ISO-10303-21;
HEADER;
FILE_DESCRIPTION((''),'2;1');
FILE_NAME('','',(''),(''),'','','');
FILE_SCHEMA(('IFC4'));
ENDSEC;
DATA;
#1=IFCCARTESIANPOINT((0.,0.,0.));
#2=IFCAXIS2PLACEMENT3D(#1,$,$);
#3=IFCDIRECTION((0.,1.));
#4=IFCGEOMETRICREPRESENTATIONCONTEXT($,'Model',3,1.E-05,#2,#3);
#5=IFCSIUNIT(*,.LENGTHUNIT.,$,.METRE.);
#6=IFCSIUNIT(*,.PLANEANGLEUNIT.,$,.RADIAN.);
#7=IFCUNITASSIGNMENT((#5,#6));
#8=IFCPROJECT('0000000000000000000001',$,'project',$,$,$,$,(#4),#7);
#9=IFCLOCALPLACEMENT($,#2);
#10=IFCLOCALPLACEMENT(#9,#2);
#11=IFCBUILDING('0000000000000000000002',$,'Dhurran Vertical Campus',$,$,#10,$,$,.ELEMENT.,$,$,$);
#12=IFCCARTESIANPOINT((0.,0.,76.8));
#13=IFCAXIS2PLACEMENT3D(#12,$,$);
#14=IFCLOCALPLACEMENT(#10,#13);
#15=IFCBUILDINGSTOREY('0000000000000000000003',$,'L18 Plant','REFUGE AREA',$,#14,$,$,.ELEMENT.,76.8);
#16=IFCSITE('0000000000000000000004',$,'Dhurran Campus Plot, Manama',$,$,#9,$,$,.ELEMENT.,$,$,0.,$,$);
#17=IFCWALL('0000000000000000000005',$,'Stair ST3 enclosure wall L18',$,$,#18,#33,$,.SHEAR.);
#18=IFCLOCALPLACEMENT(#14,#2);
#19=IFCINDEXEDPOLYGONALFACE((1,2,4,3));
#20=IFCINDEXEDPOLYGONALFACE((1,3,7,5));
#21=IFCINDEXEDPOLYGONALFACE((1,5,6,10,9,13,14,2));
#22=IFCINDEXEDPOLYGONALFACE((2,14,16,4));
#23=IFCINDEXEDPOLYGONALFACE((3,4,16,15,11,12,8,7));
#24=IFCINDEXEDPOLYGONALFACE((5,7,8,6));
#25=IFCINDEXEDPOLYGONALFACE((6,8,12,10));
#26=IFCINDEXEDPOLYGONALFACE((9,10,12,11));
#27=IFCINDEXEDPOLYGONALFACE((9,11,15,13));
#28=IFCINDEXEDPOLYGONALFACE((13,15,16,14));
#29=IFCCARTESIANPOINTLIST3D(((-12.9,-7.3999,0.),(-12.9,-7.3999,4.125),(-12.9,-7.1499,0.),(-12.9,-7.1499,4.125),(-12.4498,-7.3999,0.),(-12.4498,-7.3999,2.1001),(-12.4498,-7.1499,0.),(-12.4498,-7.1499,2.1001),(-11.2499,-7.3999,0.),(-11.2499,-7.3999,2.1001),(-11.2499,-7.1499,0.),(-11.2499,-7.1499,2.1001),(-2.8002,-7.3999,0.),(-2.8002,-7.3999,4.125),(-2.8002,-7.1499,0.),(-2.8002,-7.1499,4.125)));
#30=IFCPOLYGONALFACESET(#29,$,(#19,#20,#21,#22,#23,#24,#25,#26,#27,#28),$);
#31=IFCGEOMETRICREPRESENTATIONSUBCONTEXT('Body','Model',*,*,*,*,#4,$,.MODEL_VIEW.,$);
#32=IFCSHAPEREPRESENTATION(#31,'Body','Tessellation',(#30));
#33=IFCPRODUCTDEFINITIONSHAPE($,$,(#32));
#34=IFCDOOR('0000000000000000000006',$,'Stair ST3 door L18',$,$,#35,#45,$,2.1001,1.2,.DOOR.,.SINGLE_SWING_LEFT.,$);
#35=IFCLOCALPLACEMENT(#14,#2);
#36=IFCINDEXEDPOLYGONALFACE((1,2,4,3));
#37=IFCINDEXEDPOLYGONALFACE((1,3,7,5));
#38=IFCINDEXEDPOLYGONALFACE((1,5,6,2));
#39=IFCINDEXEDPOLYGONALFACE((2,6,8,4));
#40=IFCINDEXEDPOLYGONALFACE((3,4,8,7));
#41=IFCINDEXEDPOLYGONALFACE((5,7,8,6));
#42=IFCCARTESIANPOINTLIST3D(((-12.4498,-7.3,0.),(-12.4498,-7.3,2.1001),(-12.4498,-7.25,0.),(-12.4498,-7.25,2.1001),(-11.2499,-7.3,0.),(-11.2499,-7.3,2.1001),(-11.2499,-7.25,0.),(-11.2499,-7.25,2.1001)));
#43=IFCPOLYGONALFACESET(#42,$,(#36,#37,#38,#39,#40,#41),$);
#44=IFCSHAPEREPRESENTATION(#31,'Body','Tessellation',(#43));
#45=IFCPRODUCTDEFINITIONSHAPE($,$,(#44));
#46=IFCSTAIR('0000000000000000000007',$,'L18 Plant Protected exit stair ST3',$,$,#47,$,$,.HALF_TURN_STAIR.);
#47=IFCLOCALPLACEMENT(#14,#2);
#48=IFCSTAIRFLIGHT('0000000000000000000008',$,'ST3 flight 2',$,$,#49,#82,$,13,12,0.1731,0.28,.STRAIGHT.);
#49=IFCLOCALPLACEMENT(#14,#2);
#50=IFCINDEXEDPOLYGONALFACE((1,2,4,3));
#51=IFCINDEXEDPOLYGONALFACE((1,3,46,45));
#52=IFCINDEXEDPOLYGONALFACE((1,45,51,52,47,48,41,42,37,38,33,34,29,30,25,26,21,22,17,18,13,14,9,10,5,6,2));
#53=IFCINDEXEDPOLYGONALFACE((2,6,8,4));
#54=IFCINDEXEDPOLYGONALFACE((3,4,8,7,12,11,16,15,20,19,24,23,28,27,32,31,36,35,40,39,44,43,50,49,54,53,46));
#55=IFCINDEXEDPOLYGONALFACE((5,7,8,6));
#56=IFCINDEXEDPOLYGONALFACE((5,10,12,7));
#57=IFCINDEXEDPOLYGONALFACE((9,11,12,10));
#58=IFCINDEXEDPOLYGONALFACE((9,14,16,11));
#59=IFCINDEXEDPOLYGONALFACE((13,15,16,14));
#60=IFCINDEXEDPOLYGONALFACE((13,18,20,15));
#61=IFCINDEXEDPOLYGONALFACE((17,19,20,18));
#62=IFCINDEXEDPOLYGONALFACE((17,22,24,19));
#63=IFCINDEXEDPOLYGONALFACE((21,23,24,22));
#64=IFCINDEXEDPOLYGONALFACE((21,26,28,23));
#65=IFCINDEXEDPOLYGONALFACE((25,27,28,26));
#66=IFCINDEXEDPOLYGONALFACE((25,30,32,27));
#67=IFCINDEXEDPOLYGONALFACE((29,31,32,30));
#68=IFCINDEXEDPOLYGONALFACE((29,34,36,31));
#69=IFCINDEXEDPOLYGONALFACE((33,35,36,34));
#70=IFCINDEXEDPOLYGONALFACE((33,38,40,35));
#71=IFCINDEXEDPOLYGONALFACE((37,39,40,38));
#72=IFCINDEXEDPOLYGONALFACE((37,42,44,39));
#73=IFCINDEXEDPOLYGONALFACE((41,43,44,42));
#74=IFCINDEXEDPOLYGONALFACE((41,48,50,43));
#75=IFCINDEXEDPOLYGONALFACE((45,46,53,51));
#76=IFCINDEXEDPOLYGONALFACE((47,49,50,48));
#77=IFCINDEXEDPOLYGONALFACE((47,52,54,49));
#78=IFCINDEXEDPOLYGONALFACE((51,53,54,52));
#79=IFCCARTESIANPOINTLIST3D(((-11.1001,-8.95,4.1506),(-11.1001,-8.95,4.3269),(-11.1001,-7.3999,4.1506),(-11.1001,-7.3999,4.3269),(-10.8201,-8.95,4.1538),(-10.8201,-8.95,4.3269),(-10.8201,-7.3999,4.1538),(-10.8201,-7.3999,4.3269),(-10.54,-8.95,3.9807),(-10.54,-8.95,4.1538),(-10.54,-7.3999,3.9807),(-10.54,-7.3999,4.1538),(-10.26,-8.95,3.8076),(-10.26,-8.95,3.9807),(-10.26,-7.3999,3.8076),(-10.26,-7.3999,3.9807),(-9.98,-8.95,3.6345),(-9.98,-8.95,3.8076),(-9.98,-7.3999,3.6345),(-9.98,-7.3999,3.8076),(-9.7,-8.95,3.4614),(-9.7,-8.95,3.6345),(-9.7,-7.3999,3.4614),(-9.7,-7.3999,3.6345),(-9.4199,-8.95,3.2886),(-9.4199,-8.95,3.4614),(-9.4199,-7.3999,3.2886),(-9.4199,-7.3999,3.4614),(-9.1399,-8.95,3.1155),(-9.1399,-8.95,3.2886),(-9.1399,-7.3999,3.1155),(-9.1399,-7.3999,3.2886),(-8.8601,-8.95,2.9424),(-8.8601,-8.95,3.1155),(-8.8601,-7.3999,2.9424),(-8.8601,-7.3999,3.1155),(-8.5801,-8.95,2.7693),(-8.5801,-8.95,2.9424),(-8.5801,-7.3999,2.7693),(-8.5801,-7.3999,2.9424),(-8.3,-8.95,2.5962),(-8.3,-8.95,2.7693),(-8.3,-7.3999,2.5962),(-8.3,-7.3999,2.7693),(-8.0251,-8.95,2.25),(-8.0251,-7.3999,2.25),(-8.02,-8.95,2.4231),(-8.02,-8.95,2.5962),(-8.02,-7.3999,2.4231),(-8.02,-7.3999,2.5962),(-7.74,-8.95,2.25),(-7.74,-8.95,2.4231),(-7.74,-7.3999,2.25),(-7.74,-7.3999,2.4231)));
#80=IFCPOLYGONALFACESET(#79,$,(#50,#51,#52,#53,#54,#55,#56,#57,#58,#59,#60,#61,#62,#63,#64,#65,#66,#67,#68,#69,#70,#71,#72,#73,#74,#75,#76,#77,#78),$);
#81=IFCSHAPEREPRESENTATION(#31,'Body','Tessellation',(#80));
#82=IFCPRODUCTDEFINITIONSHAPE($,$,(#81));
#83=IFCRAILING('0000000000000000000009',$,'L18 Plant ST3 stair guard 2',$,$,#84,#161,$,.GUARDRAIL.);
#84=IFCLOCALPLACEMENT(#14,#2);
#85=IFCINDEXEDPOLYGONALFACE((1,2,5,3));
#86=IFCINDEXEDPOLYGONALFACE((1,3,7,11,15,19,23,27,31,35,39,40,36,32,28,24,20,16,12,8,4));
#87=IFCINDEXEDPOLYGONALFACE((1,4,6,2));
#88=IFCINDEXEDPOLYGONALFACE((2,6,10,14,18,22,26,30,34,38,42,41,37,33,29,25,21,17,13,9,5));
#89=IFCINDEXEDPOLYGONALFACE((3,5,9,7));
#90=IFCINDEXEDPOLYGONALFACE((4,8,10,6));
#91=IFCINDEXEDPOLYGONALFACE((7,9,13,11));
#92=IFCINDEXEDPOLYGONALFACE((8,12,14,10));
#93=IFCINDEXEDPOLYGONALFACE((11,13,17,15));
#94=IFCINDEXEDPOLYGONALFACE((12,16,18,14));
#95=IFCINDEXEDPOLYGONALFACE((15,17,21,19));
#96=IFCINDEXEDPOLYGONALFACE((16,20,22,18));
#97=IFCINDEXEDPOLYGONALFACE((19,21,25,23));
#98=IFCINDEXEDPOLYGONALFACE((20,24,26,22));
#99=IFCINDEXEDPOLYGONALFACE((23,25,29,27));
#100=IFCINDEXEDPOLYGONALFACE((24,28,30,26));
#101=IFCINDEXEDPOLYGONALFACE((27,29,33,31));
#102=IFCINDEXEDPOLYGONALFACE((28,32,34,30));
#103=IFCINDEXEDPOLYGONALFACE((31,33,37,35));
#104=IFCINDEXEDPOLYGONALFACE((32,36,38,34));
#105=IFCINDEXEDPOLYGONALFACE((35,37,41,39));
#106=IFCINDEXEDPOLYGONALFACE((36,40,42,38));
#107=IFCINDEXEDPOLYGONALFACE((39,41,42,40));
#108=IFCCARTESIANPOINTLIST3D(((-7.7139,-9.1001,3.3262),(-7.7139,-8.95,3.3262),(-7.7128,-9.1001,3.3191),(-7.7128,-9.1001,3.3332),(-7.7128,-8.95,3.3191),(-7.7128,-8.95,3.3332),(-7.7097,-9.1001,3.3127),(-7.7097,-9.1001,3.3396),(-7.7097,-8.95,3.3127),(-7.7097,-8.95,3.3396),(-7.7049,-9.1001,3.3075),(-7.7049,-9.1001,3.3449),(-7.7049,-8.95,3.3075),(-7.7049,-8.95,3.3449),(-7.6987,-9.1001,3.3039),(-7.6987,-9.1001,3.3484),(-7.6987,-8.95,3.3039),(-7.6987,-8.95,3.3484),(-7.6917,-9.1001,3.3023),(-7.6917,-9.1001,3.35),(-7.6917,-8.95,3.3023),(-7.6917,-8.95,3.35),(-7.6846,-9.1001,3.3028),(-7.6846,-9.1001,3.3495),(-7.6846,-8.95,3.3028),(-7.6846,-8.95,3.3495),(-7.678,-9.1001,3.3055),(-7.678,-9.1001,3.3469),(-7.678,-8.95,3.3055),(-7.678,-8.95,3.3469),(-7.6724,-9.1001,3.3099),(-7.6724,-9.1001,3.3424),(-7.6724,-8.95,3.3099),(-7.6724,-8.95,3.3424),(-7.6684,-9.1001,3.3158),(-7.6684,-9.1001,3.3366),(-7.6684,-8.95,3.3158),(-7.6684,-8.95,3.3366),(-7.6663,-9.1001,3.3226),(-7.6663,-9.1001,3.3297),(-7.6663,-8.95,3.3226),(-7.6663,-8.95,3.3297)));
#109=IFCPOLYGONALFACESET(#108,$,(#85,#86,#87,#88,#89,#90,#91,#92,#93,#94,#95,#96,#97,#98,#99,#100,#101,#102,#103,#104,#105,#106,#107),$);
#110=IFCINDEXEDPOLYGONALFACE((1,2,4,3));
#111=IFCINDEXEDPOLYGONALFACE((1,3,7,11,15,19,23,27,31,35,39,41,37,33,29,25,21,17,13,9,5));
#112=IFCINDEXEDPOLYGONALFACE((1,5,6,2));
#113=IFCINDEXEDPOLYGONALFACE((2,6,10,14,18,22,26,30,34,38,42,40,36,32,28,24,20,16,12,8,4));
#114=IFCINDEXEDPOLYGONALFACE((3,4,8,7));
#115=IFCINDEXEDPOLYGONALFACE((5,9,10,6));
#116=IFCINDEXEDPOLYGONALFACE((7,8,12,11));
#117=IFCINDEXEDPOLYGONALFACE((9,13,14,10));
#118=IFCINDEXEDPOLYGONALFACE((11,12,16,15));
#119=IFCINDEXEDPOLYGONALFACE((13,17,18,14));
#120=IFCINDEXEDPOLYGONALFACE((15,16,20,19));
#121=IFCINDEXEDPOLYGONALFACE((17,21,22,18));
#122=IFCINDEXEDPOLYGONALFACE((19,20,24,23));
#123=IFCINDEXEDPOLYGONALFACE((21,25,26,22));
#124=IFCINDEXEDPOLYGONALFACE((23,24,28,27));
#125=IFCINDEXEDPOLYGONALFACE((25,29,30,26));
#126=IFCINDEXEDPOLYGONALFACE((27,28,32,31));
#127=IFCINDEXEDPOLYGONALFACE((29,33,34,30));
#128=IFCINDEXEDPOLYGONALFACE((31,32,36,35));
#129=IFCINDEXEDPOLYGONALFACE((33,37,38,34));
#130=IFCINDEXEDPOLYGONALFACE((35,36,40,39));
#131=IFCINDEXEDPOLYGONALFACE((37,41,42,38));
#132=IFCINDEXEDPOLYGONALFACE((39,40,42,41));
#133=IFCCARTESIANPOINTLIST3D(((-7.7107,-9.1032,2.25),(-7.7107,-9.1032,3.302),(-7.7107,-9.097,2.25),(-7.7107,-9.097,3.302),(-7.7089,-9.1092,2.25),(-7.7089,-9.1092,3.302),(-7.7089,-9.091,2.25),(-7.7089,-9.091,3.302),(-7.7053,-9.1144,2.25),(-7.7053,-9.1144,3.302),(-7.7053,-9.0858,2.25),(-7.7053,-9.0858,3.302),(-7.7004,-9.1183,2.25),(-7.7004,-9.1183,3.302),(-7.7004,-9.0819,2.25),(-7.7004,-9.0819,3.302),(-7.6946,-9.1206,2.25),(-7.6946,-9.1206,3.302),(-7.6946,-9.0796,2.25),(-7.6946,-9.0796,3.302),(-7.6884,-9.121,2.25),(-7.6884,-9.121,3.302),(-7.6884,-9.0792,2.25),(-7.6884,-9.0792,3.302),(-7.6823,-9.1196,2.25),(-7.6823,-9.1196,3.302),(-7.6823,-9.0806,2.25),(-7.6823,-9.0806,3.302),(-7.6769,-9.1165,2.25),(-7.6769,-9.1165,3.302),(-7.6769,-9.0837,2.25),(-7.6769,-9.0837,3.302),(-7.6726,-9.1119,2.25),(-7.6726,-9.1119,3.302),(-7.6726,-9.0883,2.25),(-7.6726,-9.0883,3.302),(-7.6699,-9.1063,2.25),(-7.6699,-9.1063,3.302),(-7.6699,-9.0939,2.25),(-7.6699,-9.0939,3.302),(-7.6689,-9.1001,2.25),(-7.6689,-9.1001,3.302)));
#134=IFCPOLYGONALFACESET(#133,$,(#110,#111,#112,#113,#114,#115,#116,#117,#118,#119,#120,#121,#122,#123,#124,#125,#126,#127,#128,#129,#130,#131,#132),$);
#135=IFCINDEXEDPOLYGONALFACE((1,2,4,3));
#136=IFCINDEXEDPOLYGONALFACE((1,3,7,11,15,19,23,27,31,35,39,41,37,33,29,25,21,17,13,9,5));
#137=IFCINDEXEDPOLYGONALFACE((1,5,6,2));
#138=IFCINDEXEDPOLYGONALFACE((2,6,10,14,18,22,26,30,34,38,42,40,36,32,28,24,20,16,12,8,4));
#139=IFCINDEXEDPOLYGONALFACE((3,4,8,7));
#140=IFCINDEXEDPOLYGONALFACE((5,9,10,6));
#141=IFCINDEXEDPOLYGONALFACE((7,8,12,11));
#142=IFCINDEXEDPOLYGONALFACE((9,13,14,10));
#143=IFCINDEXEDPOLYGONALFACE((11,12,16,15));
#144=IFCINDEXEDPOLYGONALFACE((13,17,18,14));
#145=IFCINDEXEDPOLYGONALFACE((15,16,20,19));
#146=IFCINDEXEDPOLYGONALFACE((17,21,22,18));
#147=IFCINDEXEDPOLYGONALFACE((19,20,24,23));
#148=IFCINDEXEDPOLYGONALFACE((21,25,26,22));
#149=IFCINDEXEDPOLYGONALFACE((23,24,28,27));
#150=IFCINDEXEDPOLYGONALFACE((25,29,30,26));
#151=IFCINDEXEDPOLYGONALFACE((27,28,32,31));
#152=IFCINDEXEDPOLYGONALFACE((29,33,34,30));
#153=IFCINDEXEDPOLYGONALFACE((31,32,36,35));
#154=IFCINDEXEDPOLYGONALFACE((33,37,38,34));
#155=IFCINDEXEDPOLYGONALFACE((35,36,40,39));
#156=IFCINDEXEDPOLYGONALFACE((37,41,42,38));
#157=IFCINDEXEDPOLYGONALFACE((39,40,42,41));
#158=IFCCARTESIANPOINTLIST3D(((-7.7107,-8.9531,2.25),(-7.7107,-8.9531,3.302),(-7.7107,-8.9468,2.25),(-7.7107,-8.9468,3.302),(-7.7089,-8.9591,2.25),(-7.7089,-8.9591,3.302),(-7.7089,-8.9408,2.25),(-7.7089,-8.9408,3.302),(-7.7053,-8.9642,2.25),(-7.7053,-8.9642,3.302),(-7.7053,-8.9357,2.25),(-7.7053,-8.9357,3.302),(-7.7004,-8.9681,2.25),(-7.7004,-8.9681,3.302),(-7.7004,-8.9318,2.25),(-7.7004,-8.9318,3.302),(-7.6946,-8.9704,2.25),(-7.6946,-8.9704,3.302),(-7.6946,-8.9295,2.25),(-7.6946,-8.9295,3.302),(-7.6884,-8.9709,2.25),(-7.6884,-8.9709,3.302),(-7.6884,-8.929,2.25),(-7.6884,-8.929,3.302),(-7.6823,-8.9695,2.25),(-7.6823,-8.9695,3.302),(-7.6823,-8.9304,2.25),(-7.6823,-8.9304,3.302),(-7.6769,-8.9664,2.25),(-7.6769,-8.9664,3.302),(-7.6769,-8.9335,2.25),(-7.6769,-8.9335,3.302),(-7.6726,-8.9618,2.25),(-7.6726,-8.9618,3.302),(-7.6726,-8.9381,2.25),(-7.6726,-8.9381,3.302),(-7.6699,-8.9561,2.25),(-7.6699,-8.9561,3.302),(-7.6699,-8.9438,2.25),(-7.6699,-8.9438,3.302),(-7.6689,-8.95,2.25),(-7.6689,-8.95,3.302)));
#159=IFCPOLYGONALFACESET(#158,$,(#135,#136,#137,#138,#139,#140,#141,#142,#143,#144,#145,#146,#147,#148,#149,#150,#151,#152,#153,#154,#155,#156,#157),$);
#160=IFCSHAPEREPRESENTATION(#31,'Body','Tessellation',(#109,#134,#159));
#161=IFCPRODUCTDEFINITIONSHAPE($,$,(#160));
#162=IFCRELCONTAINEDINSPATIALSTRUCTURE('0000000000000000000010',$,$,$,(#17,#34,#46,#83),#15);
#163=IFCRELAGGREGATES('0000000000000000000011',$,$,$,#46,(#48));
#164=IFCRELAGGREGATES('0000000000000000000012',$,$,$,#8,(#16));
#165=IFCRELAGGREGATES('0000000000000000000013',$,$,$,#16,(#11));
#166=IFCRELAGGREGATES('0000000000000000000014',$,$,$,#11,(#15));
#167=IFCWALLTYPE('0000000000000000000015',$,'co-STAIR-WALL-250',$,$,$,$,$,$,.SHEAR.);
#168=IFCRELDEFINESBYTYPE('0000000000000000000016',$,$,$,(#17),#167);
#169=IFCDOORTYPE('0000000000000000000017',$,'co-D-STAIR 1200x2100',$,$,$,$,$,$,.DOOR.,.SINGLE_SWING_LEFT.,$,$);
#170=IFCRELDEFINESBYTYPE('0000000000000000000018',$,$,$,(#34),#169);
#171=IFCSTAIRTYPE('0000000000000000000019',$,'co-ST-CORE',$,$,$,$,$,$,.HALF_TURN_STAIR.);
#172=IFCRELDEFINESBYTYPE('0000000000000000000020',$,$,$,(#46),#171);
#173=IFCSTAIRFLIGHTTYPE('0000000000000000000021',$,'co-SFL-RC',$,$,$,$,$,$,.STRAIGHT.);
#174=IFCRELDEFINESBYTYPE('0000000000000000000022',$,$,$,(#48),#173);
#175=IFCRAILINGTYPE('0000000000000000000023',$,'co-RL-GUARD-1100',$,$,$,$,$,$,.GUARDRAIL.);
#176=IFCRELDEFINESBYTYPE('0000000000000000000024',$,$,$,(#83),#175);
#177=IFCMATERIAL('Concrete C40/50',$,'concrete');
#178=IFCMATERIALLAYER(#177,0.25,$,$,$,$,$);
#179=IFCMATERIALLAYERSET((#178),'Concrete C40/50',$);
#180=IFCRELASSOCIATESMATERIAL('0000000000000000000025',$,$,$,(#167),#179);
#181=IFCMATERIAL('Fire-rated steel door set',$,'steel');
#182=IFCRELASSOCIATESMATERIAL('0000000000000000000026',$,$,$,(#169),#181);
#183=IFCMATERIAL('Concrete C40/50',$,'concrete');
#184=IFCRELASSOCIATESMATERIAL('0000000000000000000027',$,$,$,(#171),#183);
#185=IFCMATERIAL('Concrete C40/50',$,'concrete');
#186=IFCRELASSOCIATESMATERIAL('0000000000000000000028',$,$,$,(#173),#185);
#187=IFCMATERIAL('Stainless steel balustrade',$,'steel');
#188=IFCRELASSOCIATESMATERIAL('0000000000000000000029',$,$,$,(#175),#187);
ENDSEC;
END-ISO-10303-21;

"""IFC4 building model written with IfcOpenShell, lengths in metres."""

from ifc_helpers import new_model, si_unit, direction, frame, frame_2d, origin, origin_2d, place, context, subcontext, project, spatial, polyline, rectangle, circle, outline, extrude, material, layer, layer_set, type_object, element, fill, aggregate, save


model = new_model("IFC4")

# Units and contexts
model_context = context("Model", 3, precision=1e-05, world=origin(), true_north=direction((0.0, 1.0)))
body_context = subcontext(model_context, "Body", "Model", "MODEL_VIEW")
ifc_project = project(units=[si_unit("LENGTHUNIT", "METRE"), si_unit("PLANEANGLEUNIT", "RADIAN")], contexts=[model_context])

# Site, building, storey
site_placement = place(None, origin())
site = spatial("IfcSite", under=ifc_project, at=site_placement, Name="Dhurran Campus Plot, Manama", CompositionType="ELEMENT", RefElevation=0.0)
building_placement = place(site_placement, origin())
building = spatial("IfcBuilding", under=site, at=building_placement, Name="Dhurran Vertical Campus", CompositionType="ELEMENT")
storey_placement = place(building_placement, frame((0.0, 0.0, 76.8)))
storey = spatial("IfcBuildingStorey", under=building, at=storey_placement, Name="L18 Plant", Description="REFUGE AREA", CompositionType="ELEMENT", Elevation=76.8)

# Wall, opening, door
ifc_material_1 = material(Name="Concrete C40/50", Category="concrete")
ifc_layer_1 = layer(ifc_material_1, 0.25)
ifc_layer_set_1 = layer_set([ifc_layer_1], Name="Concrete C40/50")
wall_type_1 = type_object("IfcWallType", Name="co-STAIR-WALL-250", PredefinedType="SHEAR", material=ifc_layer_set_1)
wall_1_placement = place(storey_placement, frame((-12.8999, -7.2749, 0.0), z_axis=(0.0, 0.0, 1.0), x_axis=(1.0, 0.0, 0.0)))
wall_1 = element("IfcWall", 1, at=wall_1_placement, inside=storey, type_object=wall_type_1, Name="Stair ST3 enclosure wall L18", PredefinedType="SHEAR", context=body_context, shape_type="SweptSolid", body=[
    extrude(rectangle(XDim=10.0999, YDim=0.25, at=frame_2d((5.0498, 0.0))), origin(), (0.0, 0.0, 1.0), 4.125),
])
opening_1_placement = place(wall_1_placement, frame((0.45, 0.0, 0.0)))
opening_1 = element("IfcOpeningElement", 2, at=opening_1_placement, cuts=wall_1, PredefinedType="OPENING", context=body_context, shape_type="SweptSolid", body=[
    extrude(rectangle(XDim=1.2, YDim=2.1001, at=frame_2d((0.6001, 1.05))), frame((0.0, 0.135, 0.0), z_axis=(0.0, -1.0, 0.0), x_axis=(1.0, 0.0, 0.0)), (0.0, 0.0, 1.0), 0.27),
])
ifc_material_2 = material(Name="Fire-rated steel door set", Category="steel")
door_type_1 = type_object("IfcDoorType", Name="co-D-STAIR 1200x2100", OperationType="SINGLE_SWING_LEFT", PredefinedType="DOOR", material=ifc_material_2)
door_1_placement = place(opening_1_placement, origin())
door_1 = element("IfcDoor", 3, at=door_1_placement, inside=storey, type_object=door_type_1, Name="Stair ST3 door L18", OperationType="SINGLE_SWING_LEFT", OverallHeight=2.1001, OverallWidth=1.2, PredefinedType="DOOR", context=body_context, shape_type="SweptSolid", body=[
    extrude(rectangle(XDim=1.2, YDim=2.1001, at=frame_2d((0.6001, 1.05))), frame((0.0, 0.0249, 0.0), z_axis=(0.0, -1.0, 0.0), x_axis=(1.0, 0.0, 0.0)), (0.0, 0.0, 1.0), 0.05),
])
fill(opening_1, door_1)

# Stair, stair flight
ifc_material_3 = material(Name="Concrete C40/50", Category="concrete")
stair_type = type_object("IfcStairType", Name="co-ST-CORE", PredefinedType="HALF_TURN_STAIR", material=ifc_material_3)
stair_placement = place(storey_placement, origin())
stair = element("IfcStair", 4, at=stair_placement, inside=storey, type_object=stair_type, Name="L18 Plant Protected exit stair ST3", PredefinedType="HALF_TURN_STAIR")
ifc_material_4 = material(Name="Concrete C40/50", Category="concrete")
stair_flight_type = type_object("IfcStairFlightType", Name="co-SFL-RC", PredefinedType="STRAIGHT", material=ifc_material_4)
stair_flight_placement = place(storey_placement, frame((-7.74, -8.175, 2.25), z_axis=(0.0, 0.0, 1.0), x_axis=(-1.0, 0.0, 0.0)))
stair_flight = element("IfcStairFlight", 5, at=stair_flight_placement, type_object=stair_flight_type, Name="ST3 flight 2", NumberOfRisers=13, NumberOfTreads=12, PredefinedType="STRAIGHT", RiserHeight=0.1731, TreadLength=0.28, context=body_context, shape_type="SweptSolid", body=[
    extrude(outline(polyline([(0.0, 0.0), (0.0, 0.1731), (0.28, 0.1731), (0.28, 0.3462), (0.5601, 0.3462), (0.5601, 0.5193), (0.8401, 0.5193), (0.8401, 0.6924), (1.1201, 0.6924), (1.1201, 0.8655), (1.3999, 0.8655), (1.3999, 1.0386), (1.6799, 1.0386), (1.6799, 1.2114), (1.96, 1.2114), (1.96, 1.3845), (2.24, 1.3845), (2.24, 1.5576), (2.52, 1.5576), (2.52, 1.7307), (2.8, 1.7307), (2.8, 1.9038), (3.0801, 1.9038), (3.0801, 2.0769), (3.3601, 2.0769), (3.3601, 2.25), (3.3601, 1.9006), (0.2852, 0.0), (0.0, 0.0)])), frame((0.0, 0.7749, 0.0), z_axis=(0.0, -1.0, 0.0), x_axis=(1.0, 0.0, 0.0)), (0.0, 0.0, 1.0), 1.55),
])
aggregate(stair, [stair_flight])

# Railing
ifc_material_5 = material(Name="Stainless steel balustrade", Category="steel")
railing_type_1 = type_object("IfcRailingType", Name="co-RL-GUARD-1100", PredefinedType="GUARDRAIL", material=ifc_material_5)
railing_1_placement = place(storey_placement, frame((-7.6899, -9.1001, 2.25)))
element("IfcRailing", 6, at=railing_1_placement, inside=storey, type_object=railing_type_1, Name="L18 Plant ST3 stair guard 2", PredefinedType="GUARDRAIL", context=body_context, shape_type="SweptSolid", body=[
    extrude(circle(Radius=0.0239, at=origin_2d()), frame((0.0, 0.0, 1.0762), z_axis=(0.0, 1.0, 0.0), x_axis=(-1.0, 0.0, 0.0)), (0.0, 0.0, 1.0), 0.1501),
    extrude(circle(Radius=0.021, at=origin_2d()), origin(), (0.0, 0.0, 1.0), 1.052),
    extrude(circle(Radius=0.021, at=origin_2d()), frame((0.0, 0.1501, 0.0)), (0.0, 0.0, 1.0), 1.052),
])

save(model, "model.ifc")
